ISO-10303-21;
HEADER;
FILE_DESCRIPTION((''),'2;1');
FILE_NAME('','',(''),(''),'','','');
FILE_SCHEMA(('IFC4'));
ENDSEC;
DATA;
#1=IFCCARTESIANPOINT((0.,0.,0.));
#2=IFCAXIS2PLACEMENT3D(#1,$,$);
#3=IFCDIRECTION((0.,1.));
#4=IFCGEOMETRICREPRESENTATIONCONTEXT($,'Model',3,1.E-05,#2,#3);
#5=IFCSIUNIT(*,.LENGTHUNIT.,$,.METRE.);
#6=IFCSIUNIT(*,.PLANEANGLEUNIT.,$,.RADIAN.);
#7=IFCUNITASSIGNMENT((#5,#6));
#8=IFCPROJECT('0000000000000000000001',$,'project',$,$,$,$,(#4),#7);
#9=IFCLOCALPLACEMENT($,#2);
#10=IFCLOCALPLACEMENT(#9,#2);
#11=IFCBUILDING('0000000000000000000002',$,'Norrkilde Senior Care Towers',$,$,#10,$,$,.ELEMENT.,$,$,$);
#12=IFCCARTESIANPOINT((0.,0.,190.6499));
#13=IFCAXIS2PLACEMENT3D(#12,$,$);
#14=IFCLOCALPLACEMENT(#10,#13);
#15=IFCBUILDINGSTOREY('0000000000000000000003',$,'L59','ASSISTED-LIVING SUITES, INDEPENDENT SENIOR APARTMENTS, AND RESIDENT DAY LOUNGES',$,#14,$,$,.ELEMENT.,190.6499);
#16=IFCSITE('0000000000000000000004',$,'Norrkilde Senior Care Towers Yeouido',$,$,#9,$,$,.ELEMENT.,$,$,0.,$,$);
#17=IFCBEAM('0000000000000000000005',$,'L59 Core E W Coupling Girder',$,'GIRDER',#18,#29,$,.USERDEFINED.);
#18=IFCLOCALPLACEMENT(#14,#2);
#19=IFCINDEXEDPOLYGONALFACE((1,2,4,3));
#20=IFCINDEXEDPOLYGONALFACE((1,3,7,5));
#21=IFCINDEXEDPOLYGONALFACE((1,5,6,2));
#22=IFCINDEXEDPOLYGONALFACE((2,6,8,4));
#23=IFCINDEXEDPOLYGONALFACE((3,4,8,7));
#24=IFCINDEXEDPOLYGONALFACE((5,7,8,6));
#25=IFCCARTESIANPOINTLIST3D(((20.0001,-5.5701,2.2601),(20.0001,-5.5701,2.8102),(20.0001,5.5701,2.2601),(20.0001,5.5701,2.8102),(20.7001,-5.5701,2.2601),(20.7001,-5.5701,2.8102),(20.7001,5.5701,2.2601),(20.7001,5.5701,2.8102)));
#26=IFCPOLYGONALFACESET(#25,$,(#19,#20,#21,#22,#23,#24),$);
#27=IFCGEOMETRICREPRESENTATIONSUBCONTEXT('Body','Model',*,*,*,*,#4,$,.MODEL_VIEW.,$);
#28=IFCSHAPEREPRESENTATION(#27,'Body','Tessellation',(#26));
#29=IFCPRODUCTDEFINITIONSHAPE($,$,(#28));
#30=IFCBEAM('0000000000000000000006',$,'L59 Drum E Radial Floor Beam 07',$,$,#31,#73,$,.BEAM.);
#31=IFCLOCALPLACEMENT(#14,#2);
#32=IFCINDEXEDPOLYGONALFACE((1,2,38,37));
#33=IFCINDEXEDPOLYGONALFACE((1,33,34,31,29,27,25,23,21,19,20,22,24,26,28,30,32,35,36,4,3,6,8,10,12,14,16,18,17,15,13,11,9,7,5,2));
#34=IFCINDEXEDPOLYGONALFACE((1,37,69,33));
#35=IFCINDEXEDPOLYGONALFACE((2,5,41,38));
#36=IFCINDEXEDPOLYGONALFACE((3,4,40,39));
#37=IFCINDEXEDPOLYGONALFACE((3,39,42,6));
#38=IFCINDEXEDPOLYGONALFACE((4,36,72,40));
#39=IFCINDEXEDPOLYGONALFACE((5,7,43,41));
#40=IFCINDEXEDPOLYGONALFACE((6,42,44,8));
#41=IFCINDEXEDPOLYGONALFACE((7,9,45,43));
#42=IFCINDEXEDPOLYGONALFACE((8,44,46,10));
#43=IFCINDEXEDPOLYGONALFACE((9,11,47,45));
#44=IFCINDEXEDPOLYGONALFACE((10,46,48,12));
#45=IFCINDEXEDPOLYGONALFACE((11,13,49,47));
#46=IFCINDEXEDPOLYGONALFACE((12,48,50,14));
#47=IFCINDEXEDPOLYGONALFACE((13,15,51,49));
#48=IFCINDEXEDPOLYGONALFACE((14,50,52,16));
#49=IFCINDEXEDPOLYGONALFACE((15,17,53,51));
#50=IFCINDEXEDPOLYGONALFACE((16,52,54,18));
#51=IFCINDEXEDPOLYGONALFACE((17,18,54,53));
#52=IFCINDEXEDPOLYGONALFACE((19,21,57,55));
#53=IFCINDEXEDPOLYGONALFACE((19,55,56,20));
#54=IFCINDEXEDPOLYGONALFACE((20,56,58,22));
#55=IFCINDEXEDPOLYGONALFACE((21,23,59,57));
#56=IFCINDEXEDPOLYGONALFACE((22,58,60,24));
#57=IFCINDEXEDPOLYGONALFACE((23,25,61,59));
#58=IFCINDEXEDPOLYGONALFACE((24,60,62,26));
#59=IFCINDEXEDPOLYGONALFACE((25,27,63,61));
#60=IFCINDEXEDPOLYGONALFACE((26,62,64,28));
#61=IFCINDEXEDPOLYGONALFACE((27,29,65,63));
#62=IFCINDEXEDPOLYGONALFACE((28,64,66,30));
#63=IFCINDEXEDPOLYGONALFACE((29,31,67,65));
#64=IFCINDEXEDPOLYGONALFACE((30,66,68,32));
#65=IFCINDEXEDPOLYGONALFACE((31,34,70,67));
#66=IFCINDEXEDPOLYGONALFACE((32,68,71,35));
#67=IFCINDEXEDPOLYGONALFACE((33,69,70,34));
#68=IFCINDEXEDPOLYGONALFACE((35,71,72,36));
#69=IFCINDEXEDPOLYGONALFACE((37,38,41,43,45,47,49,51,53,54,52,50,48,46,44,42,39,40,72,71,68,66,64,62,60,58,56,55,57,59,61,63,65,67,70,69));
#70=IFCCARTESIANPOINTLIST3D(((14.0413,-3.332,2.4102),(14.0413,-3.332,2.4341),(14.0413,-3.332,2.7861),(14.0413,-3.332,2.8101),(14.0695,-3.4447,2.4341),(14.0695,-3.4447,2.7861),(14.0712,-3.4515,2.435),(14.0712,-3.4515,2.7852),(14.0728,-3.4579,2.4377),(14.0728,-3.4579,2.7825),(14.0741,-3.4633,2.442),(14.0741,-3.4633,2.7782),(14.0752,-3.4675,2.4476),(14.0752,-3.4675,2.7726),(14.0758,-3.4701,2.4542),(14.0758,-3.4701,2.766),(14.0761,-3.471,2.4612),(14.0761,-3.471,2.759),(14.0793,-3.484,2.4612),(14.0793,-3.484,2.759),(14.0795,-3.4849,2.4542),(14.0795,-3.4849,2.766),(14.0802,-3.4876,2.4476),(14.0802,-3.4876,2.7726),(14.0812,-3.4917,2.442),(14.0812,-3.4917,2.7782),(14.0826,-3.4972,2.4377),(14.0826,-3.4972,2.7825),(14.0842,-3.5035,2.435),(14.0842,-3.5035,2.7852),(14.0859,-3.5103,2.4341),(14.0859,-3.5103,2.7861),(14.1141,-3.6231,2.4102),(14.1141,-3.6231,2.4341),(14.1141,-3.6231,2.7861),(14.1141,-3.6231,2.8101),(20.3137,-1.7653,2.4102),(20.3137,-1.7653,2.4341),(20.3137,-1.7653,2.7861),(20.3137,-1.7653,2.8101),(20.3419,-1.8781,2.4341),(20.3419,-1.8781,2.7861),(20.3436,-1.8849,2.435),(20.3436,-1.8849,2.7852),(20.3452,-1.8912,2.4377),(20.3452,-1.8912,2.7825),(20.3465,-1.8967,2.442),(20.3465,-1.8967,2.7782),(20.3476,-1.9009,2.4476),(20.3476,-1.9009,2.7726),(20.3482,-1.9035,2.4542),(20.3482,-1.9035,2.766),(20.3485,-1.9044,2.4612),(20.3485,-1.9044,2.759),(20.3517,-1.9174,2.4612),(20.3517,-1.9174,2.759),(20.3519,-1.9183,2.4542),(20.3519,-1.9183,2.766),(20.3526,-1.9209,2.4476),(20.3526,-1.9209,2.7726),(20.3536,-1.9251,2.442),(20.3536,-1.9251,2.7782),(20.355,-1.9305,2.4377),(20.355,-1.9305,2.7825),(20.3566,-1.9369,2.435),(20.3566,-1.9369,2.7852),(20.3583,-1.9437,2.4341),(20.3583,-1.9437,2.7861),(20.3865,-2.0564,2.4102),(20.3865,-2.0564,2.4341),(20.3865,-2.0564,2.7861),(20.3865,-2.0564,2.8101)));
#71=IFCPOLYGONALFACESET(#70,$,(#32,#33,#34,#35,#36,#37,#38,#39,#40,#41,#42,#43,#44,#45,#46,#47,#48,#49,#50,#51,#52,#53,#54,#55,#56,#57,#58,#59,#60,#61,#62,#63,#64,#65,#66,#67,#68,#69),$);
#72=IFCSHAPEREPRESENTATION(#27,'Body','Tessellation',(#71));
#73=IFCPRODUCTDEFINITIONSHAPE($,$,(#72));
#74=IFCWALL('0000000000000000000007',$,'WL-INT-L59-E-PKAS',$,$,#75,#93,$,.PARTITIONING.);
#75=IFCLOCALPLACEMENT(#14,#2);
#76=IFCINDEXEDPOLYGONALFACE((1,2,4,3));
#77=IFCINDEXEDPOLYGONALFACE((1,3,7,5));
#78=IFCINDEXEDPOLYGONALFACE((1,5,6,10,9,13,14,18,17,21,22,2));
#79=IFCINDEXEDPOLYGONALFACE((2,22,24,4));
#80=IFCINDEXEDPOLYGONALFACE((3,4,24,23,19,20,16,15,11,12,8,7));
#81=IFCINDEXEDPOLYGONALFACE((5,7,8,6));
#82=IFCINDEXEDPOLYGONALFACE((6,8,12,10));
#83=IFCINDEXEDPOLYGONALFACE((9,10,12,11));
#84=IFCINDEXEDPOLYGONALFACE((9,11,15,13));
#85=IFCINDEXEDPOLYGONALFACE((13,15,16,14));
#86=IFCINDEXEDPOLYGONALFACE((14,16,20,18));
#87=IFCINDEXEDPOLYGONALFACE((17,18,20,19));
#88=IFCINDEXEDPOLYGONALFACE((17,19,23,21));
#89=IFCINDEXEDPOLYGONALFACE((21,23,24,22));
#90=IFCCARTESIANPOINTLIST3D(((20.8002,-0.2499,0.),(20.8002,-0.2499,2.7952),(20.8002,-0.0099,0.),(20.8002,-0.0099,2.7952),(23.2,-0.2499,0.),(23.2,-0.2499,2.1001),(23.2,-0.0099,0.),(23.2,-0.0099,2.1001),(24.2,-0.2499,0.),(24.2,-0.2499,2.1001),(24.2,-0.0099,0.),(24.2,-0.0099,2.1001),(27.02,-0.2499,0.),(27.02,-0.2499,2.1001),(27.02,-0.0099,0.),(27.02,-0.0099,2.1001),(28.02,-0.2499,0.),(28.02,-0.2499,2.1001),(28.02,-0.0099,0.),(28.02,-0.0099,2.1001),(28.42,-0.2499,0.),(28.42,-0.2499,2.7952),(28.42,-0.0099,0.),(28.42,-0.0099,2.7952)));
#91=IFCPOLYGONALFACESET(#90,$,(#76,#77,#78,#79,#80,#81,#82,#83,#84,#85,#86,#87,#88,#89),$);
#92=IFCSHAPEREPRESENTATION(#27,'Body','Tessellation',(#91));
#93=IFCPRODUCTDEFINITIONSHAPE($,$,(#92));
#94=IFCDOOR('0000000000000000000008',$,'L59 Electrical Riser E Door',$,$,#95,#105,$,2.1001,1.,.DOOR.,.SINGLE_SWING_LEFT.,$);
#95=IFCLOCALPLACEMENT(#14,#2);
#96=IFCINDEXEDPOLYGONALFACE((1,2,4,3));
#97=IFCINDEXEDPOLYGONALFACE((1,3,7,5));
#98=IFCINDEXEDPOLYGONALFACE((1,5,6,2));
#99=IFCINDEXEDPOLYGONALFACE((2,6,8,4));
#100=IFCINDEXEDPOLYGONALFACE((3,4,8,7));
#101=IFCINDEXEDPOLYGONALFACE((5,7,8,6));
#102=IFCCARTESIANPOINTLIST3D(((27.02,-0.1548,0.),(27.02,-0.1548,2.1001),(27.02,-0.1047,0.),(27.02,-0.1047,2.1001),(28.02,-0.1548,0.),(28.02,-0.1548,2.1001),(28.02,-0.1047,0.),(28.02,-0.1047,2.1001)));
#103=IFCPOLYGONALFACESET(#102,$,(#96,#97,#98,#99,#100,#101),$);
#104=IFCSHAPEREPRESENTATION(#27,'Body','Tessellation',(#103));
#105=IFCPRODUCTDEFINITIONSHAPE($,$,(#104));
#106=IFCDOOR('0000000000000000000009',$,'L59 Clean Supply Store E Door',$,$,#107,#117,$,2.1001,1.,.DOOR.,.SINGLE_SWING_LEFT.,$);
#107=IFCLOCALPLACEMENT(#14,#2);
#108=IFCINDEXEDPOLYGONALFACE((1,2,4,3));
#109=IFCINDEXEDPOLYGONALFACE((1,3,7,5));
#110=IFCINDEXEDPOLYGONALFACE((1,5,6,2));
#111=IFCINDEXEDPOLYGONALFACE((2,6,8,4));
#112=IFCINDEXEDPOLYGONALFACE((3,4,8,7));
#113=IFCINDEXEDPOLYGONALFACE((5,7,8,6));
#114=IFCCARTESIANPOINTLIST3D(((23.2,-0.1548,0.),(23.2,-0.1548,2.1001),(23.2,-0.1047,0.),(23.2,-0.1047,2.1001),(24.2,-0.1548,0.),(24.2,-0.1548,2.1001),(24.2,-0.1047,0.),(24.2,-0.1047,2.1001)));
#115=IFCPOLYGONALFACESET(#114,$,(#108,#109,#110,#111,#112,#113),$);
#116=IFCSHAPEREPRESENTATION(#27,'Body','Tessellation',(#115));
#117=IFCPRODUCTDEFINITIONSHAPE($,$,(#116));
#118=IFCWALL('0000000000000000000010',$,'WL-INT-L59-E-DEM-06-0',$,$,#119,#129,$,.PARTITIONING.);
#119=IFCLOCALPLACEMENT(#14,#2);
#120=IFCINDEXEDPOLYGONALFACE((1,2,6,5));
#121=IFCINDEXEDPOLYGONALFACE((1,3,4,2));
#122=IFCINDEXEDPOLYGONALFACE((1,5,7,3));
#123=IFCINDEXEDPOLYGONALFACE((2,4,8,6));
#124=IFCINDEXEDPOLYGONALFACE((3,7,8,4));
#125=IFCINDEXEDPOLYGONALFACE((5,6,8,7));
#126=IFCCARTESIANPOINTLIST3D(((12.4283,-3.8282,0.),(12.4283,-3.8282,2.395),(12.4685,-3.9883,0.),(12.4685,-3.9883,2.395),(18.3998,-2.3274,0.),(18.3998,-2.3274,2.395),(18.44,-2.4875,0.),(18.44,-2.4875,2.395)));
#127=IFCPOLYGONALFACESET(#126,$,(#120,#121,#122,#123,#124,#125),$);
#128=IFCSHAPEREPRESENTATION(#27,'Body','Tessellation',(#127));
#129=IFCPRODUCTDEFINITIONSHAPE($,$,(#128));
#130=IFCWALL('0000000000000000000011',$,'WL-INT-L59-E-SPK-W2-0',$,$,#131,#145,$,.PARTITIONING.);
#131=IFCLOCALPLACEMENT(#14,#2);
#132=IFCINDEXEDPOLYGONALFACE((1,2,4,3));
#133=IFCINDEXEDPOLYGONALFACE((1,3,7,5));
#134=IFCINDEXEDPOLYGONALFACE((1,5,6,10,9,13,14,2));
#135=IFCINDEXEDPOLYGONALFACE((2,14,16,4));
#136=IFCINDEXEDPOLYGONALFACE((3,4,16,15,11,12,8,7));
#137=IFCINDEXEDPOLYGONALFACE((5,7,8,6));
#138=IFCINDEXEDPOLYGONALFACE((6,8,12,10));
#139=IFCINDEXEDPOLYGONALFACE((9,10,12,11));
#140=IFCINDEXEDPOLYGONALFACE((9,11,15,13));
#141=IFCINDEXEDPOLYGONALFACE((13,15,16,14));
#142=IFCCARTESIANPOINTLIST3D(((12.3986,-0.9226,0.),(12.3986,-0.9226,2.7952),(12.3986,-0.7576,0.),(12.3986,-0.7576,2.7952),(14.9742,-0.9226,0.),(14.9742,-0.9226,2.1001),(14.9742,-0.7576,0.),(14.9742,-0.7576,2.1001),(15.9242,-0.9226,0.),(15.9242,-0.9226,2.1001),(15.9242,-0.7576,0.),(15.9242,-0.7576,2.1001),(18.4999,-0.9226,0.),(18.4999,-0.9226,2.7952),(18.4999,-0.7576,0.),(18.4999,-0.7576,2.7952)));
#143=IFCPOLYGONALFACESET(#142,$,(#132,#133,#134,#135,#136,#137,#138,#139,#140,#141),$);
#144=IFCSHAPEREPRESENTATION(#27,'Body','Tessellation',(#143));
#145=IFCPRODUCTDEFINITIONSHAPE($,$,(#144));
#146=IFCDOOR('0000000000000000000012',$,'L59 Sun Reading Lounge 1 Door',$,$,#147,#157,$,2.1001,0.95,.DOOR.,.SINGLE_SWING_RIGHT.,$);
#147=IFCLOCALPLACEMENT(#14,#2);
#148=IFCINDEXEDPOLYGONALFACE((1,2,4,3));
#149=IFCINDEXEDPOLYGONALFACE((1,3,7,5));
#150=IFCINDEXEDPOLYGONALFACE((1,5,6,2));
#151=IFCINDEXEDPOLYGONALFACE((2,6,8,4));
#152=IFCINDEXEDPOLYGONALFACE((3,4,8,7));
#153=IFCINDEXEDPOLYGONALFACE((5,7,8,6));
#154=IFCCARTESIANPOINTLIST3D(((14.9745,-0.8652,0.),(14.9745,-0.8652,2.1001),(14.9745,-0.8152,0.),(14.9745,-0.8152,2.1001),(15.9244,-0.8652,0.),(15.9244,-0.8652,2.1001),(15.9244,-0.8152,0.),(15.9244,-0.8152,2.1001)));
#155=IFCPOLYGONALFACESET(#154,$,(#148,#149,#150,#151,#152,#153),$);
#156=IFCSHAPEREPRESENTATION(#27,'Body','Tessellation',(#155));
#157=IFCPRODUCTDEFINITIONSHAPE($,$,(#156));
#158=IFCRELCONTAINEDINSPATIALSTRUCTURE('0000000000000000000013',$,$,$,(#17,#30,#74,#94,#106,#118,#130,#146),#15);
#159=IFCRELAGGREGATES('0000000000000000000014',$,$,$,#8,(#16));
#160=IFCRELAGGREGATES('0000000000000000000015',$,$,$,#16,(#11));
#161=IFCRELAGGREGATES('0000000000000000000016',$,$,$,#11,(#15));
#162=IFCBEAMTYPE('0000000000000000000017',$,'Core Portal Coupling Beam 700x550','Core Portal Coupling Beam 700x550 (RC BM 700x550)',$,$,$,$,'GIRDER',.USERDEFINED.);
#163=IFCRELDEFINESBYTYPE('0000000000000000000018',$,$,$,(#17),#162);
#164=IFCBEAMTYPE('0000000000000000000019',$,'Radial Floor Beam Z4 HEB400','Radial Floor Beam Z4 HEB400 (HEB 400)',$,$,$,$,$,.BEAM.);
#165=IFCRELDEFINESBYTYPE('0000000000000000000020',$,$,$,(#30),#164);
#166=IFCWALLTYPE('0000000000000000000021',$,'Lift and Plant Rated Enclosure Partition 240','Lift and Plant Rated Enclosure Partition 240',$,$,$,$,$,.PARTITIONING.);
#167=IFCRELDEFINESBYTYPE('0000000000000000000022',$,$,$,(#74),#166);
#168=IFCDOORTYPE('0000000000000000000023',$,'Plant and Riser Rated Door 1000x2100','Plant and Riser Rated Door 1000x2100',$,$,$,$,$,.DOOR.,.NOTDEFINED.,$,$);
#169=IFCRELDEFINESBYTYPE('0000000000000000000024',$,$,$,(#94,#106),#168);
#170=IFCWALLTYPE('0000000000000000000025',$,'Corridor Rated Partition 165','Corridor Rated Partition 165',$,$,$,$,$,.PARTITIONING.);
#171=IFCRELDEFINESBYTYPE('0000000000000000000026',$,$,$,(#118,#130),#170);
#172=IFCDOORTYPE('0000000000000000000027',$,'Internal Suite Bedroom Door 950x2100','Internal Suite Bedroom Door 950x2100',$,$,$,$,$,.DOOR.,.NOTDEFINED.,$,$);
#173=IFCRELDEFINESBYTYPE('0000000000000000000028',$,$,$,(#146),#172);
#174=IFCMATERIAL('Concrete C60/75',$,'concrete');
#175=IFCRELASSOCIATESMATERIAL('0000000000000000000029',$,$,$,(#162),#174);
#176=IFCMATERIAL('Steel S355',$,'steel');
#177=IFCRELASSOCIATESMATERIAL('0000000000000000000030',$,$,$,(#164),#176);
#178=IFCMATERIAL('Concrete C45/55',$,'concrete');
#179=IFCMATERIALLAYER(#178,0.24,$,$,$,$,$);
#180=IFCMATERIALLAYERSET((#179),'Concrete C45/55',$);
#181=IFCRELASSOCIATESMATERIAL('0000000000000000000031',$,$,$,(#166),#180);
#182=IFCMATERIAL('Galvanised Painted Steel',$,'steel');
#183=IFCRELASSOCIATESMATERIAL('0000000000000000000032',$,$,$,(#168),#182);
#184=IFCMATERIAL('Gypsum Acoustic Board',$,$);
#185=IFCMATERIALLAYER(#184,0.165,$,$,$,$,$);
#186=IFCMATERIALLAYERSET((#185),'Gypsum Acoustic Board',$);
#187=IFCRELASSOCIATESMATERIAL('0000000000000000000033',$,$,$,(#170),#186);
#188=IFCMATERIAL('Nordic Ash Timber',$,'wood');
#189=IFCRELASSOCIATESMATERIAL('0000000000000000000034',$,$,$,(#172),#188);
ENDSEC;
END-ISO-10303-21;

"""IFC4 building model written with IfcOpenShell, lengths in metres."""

from ifc_helpers import new_model, si_unit, direction, frame, frame_2d, origin, origin_2d, place, context, subcontext, project, spatial, rectangle, i_section, extrude, source, transform, mapped, material, layer, layer_set, material_profile, profile_set, type_object, type_shapes, element, fill, save


model = new_model("IFC4")

# Units and contexts
model_context = context("Model", 3, precision=1e-05, world=origin(), true_north=direction((0.0, 1.0)))
body_context = subcontext(model_context, "Body", "Model", "MODEL_VIEW")
ifc_project = project(units=[si_unit("LENGTHUNIT", "METRE"), si_unit("PLANEANGLEUNIT", "RADIAN")], contexts=[model_context])

# Site, building, storey
site_placement = place(None, origin())
site = spatial("IfcSite", under=ifc_project, at=site_placement, Name="Norrkilde Senior Care Towers Yeouido", CompositionType="ELEMENT", RefElevation=0.0)
building_placement = place(site_placement, origin())
building = spatial("IfcBuilding", under=site, at=building_placement, Name="Norrkilde Senior Care Towers", CompositionType="ELEMENT")
storey_placement = place(building_placement, frame((0.0, 0.0, 190.6499)))
storey = spatial("IfcBuildingStorey", under=building, at=storey_placement, Name="L59", Description="ASSISTED-LIVING SUITES, INDEPENDENT SENIOR APARTMENTS, AND RESIDENT DAY LOUNGES", CompositionType="ELEMENT", Elevation=190.6499)

# Beams
ifc_material_1 = material(Name="Concrete C60/75", Category="concrete")
ifc_material_profile_1 = material_profile(ifc_material_1, rectangle(XDim=0.7, YDim=0.55, at=origin_2d()), Name="RC BM 700x550")
ifc_profile_set_1 = profile_set([ifc_material_profile_1], Name="Concrete C60/75")
beam_type_1 = type_object("IfcBeamType", Name="Core Portal Coupling Beam 700x550", Description="Core Portal Coupling Beam 700x550 (RC BM 700x550)", ElementType="GIRDER", PredefinedType="USERDEFINED", material=ifc_profile_set_1)
shared_shape_1 = source(origin(), body_context, "Body", "SweptSolid", [
    extrude(rectangle(XDim=0.7, YDim=0.55, at=origin_2d()), origin(), (0.0, 0.0, 1.0), 11.1401),
])
type_shapes(beam_type_1, [shared_shape_1])
beam_1_placement = place(storey_placement, frame((20.3501, -5.5701, 2.5352), z_axis=(0.0, 1.0, 0.0), x_axis=(-1.0, 0.0, 0.0)))
element("IfcBeam", 1, at=beam_1_placement, inside=storey, type_object=beam_type_1, Name="L59 Core E W Coupling Girder", ObjectType="GIRDER", PredefinedType="USERDEFINED", context=body_context, shape_type="MappedRepresentation", body=[
    mapped(shared_shape_1, transform((0.0, 0.0, 0.0), x_axis=(1.0, 0.0, 0.0), y_axis=(0.0, 1.0, 0.0), z_axis=(0.0, 0.0, 1.0), scale=1.0)),
])
ifc_material_2 = material(Name="Steel S355", Category="steel")
ifc_material_profile_2 = material_profile(ifc_material_2, i_section(OverallWidth=0.3, OverallDepth=0.3999, WebThickness=0.0134, FlangeThickness=0.0239, FilletRadius=0.0271, at=origin_2d()), Name="HEB 400")
ifc_profile_set_2 = profile_set([ifc_material_profile_2], Name="Steel S355")
beam_type_2 = type_object("IfcBeamType", Name="Radial Floor Beam Z4 HEB400", Description="Radial Floor Beam Z4 HEB400 (HEB 400)", PredefinedType="BEAM", material=ifc_profile_set_2)
shared_shape_2 = source(origin(), body_context, "Body", "SweptSolid", [
    extrude(i_section(OverallWidth=0.3, OverallDepth=0.3999, WebThickness=0.0134, FlangeThickness=0.0239, FilletRadius=0.0271, at=origin_2d()), origin(), (0.0, 0.0, 1.0), 6.4651),
])
type_shapes(beam_type_2, [shared_shape_2])
beam_2_placement = place(storey_placement, frame((20.3501, -1.9109, 2.6101), z_axis=(-0.970196, -0.242322, 0.0), x_axis=(0.242322, -0.970196, 0.0)))
element("IfcBeam", 2, at=beam_2_placement, inside=storey, type_object=beam_type_2, Name="L59 Drum E Radial Floor Beam 07", PredefinedType="BEAM", context=body_context, shape_type="MappedRepresentation", body=[
    mapped(shared_shape_2, transform((0.0, 0.0, 0.0), x_axis=(1.0, 0.0, 0.0), y_axis=(0.0, 1.0, 0.0), z_axis=(0.0, 0.0, 1.0), scale=1.0)),
])

# Shared definitions
ifc_material_3 = material(Name="Galvanised Painted Steel", Category="steel")

# Wall, openings, doors
ifc_material_4 = material(Name="Concrete C45/55", Category="concrete")
ifc_layer_1 = layer(ifc_material_4, 0.24)
ifc_layer_set_1 = layer_set([ifc_layer_1], Name="Concrete C45/55")
wall_type_1 = type_object("IfcWallType", Name="Lift and Plant Rated Enclosure Partition 240", Description="Lift and Plant Rated Enclosure Partition 240", PredefinedType="PARTITIONING", material=ifc_layer_set_1)
shared_shape_3 = source(origin(), body_context, "Body", "SweptSolid", [
    extrude(rectangle(XDim=7.6199, YDim=0.24, at=frame_2d((3.8101, 0.0))), origin(), (0.0, 0.0, 1.0), 2.7952),
])
type_shapes(wall_type_1, [shared_shape_3])
wall_1_placement = place(storey_placement, frame((20.8, -0.1299, 0.0), z_axis=(0.0, 0.0, 1.0), x_axis=(1.0, 0.0, 0.0)))
wall_1 = element("IfcWall", 3, at=wall_1_placement, inside=storey, type_object=wall_type_1, Name="WL-INT-L59-E-PKAS", PredefinedType="PARTITIONING", context=body_context, shape_type="MappedRepresentation", body=[
    mapped(shared_shape_3, transform((0.0, 0.0, 0.0), x_axis=(1.0, 0.0, 0.0), y_axis=(0.0, 1.0, 0.0), z_axis=(0.0, 0.0, 1.0), scale=1.0)),
])
opening_1_placement = place(wall_1_placement, frame((6.22, 0.0, 0.0)))
opening_1 = element("IfcOpeningElement", 4, at=opening_1_placement, cuts=wall_1, PredefinedType="OPENING", context=body_context, shape_type="SweptSolid", body=[
    extrude(rectangle(XDim=1.0, YDim=2.1001, at=frame_2d((0.5, 1.05))), frame((0.0, 0.1299, 0.0), z_axis=(0.0, -1.0, 0.0), x_axis=(1.0, 0.0, 0.0)), (0.0, 0.0, 1.0), 0.26),
])
opening_2_placement = place(wall_1_placement, frame((2.3999, 0.0, 0.0)))
opening_2 = element("IfcOpeningElement", 5, at=opening_2_placement, cuts=wall_1, PredefinedType="OPENING", context=body_context, shape_type="SweptSolid", body=[
    extrude(rectangle(XDim=1.0, YDim=2.1001, at=frame_2d((0.5, 1.05))), frame((0.0, 0.1299, 0.0), z_axis=(0.0, -1.0, 0.0), x_axis=(1.0, 0.0, 0.0)), (0.0, 0.0, 1.0), 0.26),
])
door_type_1 = type_object("IfcDoorType", Name="Plant and Riser Rated Door 1000x2100", Description="Plant and Riser Rated Door 1000x2100", OperationType="NOTDEFINED", PredefinedType="DOOR", material=ifc_material_3)
shared_shape_4 = source(origin(), body_context, "Body", "SweptSolid", [
    extrude(rectangle(XDim=1.0, YDim=2.1001, at=frame_2d((0.5, 1.05))), frame((0.0, 0.0249, 0.0), z_axis=(0.0, -1.0, 0.0), x_axis=(1.0, 0.0, 0.0)), (0.0, 0.0, 1.0), 0.05),
])
type_shapes(door_type_1, [shared_shape_4])
door_1_placement = place(opening_1_placement, frame((1.0, 0.0, 0.0), z_axis=(0.0, 0.0, 1.0), x_axis=(-1.0, 0.0, 0.0)))
door_1 = element("IfcDoor", 6, at=door_1_placement, inside=storey, type_object=door_type_1, Name="L59 Electrical Riser E Door", OperationType="SINGLE_SWING_LEFT", OverallHeight=2.1001, OverallWidth=1.0, PredefinedType="DOOR", context=body_context, shape_type="MappedRepresentation", body=[
    mapped(shared_shape_4, transform((0.0, 0.0, 0.0), x_axis=(1.0, 0.0, 0.0), y_axis=(0.0, 1.0, 0.0), z_axis=(0.0, 0.0, 1.0), scale=1.0)),
])
fill(opening_1, door_1)
door_2_placement = place(opening_2_placement, frame((1.0, 0.0, 0.0), z_axis=(0.0, 0.0, 1.0), x_axis=(-1.0, 0.0, 0.0)))
door_2 = element("IfcDoor", 7, at=door_2_placement, inside=storey, type_object=door_type_1, Name="L59 Clean Supply Store E Door", OperationType="SINGLE_SWING_LEFT", OverallHeight=2.1001, OverallWidth=1.0, PredefinedType="DOOR", context=body_context, shape_type="MappedRepresentation", body=[
    mapped(shared_shape_4, transform((0.0, 0.0, 0.0), x_axis=(1.0, 0.0, 0.0), y_axis=(0.0, 1.0, 0.0), z_axis=(0.0, 0.0, 1.0), scale=1.0)),
])
fill(opening_2, door_2)

# Wall
ifc_material_5 = material(Name="Gypsum Acoustic Board")
ifc_layer_2 = layer(ifc_material_5, 0.165)
ifc_layer_set_2 = layer_set([ifc_layer_2], Name="Gypsum Acoustic Board")
wall_type_2 = type_object("IfcWallType", Name="Corridor Rated Partition 165", Description="Corridor Rated Partition 165", PredefinedType="PARTITIONING", material=ifc_layer_set_2)
shared_shape_5 = source(origin(), body_context, "Body", "SweptSolid", [
    extrude(rectangle(XDim=6.1572, YDim=0.165, at=frame_2d((3.0786, 0.0))), origin(), (0.0, 0.0, 1.0), 2.395),
])
wall_2_placement = place(storey_placement, frame((18.4199, -2.4075, 0.0), z_axis=(0.0, 0.0, 1.0), x_axis=(-0.969841, -0.243739, 0.0)))
element("IfcWall", 8, at=wall_2_placement, inside=storey, type_object=wall_type_2, Name="WL-INT-L59-E-DEM-06-0", PredefinedType="PARTITIONING", context=body_context, shape_type="MappedRepresentation", body=[
    mapped(shared_shape_5, transform((0.0, 0.0, 0.0), x_axis=(1.0, 0.0, 0.0), y_axis=(0.0, 1.0, 0.0), z_axis=(0.0, 0.0, 1.0), scale=1.0)),
])

# Wall, opening, door
shared_shape_6 = source(origin(), body_context, "Body", "SweptSolid", [
    extrude(rectangle(XDim=6.1013, YDim=0.165, at=frame_2d((3.0508, 0.0))), origin(), (0.0, 0.0, 1.0), 2.7952),
])
type_shapes(wall_type_2, [shared_shape_5, shared_shape_6])
wall_3_placement = place(storey_placement, frame((18.5, -0.8401, 0.0), z_axis=(0.0, 0.0, 1.0), x_axis=(-1.0, 0.0, 0.0)))
wall_3 = element("IfcWall", 9, at=wall_3_placement, inside=storey, type_object=wall_type_2, Name="WL-INT-L59-E-SPK-W2-0", PredefinedType="PARTITIONING", context=body_context, shape_type="MappedRepresentation", body=[
    mapped(shared_shape_6, transform((0.0, 0.0, 0.0), x_axis=(1.0, 0.0, 0.0), y_axis=(0.0, 1.0, 0.0), z_axis=(0.0, 0.0, 1.0), scale=1.0)),
])
opening_3_placement = place(wall_3_placement, frame((2.5757, 0.0, 0.0)))
opening_3 = element("IfcOpeningElement", 10, at=opening_3_placement, cuts=wall_3, PredefinedType="OPENING", context=body_context, shape_type="SweptSolid", body=[
    extrude(rectangle(XDim=0.95, YDim=2.1001, at=frame_2d((0.4751, 1.05))), frame((0.0, 0.0925, 0.0), z_axis=(0.0, -1.0, 0.0), x_axis=(1.0, 0.0, 0.0)), (0.0, 0.0, 1.0), 0.1851),
])
ifc_material_6 = material(Name="Nordic Ash Timber", Category="wood")
door_type_2 = type_object("IfcDoorType", Name="Internal Suite Bedroom Door 950x2100", Description="Internal Suite Bedroom Door 950x2100", OperationType="NOTDEFINED", PredefinedType="DOOR", material=ifc_material_6)
shared_shape_7 = source(origin(), body_context, "Body", "SweptSolid", [
    extrude(rectangle(XDim=0.95, YDim=2.1001, at=frame_2d((0.4751, 1.05))), frame((0.0, 0.0249, 0.0), z_axis=(0.0, -1.0, 0.0), x_axis=(1.0, 0.0, 0.0)), (0.0, 0.0, 1.0), 0.05),
])
type_shapes(door_type_2, [shared_shape_7])
door_3_placement = place(opening_3_placement, frame((0.95, 0.0, 0.0), z_axis=(0.0, 0.0, 1.0), x_axis=(-1.0, 0.0, 0.0)))
door_3 = element("IfcDoor", 11, at=door_3_placement, inside=storey, type_object=door_type_2, Name="L59 Sun Reading Lounge 1 Door", OperationType="SINGLE_SWING_RIGHT", OverallHeight=2.1001, OverallWidth=0.95, PredefinedType="DOOR", context=body_context, shape_type="MappedRepresentation", body=[
    mapped(shared_shape_7, transform((0.0, 0.0, 0.0), x_axis=(1.0, 0.0, 0.0), y_axis=(0.0, 1.0, 0.0), z_axis=(0.0, 0.0, 1.0), scale=1.0)),
])
fill(opening_3, door_3)

save(model, "model.ifc")
